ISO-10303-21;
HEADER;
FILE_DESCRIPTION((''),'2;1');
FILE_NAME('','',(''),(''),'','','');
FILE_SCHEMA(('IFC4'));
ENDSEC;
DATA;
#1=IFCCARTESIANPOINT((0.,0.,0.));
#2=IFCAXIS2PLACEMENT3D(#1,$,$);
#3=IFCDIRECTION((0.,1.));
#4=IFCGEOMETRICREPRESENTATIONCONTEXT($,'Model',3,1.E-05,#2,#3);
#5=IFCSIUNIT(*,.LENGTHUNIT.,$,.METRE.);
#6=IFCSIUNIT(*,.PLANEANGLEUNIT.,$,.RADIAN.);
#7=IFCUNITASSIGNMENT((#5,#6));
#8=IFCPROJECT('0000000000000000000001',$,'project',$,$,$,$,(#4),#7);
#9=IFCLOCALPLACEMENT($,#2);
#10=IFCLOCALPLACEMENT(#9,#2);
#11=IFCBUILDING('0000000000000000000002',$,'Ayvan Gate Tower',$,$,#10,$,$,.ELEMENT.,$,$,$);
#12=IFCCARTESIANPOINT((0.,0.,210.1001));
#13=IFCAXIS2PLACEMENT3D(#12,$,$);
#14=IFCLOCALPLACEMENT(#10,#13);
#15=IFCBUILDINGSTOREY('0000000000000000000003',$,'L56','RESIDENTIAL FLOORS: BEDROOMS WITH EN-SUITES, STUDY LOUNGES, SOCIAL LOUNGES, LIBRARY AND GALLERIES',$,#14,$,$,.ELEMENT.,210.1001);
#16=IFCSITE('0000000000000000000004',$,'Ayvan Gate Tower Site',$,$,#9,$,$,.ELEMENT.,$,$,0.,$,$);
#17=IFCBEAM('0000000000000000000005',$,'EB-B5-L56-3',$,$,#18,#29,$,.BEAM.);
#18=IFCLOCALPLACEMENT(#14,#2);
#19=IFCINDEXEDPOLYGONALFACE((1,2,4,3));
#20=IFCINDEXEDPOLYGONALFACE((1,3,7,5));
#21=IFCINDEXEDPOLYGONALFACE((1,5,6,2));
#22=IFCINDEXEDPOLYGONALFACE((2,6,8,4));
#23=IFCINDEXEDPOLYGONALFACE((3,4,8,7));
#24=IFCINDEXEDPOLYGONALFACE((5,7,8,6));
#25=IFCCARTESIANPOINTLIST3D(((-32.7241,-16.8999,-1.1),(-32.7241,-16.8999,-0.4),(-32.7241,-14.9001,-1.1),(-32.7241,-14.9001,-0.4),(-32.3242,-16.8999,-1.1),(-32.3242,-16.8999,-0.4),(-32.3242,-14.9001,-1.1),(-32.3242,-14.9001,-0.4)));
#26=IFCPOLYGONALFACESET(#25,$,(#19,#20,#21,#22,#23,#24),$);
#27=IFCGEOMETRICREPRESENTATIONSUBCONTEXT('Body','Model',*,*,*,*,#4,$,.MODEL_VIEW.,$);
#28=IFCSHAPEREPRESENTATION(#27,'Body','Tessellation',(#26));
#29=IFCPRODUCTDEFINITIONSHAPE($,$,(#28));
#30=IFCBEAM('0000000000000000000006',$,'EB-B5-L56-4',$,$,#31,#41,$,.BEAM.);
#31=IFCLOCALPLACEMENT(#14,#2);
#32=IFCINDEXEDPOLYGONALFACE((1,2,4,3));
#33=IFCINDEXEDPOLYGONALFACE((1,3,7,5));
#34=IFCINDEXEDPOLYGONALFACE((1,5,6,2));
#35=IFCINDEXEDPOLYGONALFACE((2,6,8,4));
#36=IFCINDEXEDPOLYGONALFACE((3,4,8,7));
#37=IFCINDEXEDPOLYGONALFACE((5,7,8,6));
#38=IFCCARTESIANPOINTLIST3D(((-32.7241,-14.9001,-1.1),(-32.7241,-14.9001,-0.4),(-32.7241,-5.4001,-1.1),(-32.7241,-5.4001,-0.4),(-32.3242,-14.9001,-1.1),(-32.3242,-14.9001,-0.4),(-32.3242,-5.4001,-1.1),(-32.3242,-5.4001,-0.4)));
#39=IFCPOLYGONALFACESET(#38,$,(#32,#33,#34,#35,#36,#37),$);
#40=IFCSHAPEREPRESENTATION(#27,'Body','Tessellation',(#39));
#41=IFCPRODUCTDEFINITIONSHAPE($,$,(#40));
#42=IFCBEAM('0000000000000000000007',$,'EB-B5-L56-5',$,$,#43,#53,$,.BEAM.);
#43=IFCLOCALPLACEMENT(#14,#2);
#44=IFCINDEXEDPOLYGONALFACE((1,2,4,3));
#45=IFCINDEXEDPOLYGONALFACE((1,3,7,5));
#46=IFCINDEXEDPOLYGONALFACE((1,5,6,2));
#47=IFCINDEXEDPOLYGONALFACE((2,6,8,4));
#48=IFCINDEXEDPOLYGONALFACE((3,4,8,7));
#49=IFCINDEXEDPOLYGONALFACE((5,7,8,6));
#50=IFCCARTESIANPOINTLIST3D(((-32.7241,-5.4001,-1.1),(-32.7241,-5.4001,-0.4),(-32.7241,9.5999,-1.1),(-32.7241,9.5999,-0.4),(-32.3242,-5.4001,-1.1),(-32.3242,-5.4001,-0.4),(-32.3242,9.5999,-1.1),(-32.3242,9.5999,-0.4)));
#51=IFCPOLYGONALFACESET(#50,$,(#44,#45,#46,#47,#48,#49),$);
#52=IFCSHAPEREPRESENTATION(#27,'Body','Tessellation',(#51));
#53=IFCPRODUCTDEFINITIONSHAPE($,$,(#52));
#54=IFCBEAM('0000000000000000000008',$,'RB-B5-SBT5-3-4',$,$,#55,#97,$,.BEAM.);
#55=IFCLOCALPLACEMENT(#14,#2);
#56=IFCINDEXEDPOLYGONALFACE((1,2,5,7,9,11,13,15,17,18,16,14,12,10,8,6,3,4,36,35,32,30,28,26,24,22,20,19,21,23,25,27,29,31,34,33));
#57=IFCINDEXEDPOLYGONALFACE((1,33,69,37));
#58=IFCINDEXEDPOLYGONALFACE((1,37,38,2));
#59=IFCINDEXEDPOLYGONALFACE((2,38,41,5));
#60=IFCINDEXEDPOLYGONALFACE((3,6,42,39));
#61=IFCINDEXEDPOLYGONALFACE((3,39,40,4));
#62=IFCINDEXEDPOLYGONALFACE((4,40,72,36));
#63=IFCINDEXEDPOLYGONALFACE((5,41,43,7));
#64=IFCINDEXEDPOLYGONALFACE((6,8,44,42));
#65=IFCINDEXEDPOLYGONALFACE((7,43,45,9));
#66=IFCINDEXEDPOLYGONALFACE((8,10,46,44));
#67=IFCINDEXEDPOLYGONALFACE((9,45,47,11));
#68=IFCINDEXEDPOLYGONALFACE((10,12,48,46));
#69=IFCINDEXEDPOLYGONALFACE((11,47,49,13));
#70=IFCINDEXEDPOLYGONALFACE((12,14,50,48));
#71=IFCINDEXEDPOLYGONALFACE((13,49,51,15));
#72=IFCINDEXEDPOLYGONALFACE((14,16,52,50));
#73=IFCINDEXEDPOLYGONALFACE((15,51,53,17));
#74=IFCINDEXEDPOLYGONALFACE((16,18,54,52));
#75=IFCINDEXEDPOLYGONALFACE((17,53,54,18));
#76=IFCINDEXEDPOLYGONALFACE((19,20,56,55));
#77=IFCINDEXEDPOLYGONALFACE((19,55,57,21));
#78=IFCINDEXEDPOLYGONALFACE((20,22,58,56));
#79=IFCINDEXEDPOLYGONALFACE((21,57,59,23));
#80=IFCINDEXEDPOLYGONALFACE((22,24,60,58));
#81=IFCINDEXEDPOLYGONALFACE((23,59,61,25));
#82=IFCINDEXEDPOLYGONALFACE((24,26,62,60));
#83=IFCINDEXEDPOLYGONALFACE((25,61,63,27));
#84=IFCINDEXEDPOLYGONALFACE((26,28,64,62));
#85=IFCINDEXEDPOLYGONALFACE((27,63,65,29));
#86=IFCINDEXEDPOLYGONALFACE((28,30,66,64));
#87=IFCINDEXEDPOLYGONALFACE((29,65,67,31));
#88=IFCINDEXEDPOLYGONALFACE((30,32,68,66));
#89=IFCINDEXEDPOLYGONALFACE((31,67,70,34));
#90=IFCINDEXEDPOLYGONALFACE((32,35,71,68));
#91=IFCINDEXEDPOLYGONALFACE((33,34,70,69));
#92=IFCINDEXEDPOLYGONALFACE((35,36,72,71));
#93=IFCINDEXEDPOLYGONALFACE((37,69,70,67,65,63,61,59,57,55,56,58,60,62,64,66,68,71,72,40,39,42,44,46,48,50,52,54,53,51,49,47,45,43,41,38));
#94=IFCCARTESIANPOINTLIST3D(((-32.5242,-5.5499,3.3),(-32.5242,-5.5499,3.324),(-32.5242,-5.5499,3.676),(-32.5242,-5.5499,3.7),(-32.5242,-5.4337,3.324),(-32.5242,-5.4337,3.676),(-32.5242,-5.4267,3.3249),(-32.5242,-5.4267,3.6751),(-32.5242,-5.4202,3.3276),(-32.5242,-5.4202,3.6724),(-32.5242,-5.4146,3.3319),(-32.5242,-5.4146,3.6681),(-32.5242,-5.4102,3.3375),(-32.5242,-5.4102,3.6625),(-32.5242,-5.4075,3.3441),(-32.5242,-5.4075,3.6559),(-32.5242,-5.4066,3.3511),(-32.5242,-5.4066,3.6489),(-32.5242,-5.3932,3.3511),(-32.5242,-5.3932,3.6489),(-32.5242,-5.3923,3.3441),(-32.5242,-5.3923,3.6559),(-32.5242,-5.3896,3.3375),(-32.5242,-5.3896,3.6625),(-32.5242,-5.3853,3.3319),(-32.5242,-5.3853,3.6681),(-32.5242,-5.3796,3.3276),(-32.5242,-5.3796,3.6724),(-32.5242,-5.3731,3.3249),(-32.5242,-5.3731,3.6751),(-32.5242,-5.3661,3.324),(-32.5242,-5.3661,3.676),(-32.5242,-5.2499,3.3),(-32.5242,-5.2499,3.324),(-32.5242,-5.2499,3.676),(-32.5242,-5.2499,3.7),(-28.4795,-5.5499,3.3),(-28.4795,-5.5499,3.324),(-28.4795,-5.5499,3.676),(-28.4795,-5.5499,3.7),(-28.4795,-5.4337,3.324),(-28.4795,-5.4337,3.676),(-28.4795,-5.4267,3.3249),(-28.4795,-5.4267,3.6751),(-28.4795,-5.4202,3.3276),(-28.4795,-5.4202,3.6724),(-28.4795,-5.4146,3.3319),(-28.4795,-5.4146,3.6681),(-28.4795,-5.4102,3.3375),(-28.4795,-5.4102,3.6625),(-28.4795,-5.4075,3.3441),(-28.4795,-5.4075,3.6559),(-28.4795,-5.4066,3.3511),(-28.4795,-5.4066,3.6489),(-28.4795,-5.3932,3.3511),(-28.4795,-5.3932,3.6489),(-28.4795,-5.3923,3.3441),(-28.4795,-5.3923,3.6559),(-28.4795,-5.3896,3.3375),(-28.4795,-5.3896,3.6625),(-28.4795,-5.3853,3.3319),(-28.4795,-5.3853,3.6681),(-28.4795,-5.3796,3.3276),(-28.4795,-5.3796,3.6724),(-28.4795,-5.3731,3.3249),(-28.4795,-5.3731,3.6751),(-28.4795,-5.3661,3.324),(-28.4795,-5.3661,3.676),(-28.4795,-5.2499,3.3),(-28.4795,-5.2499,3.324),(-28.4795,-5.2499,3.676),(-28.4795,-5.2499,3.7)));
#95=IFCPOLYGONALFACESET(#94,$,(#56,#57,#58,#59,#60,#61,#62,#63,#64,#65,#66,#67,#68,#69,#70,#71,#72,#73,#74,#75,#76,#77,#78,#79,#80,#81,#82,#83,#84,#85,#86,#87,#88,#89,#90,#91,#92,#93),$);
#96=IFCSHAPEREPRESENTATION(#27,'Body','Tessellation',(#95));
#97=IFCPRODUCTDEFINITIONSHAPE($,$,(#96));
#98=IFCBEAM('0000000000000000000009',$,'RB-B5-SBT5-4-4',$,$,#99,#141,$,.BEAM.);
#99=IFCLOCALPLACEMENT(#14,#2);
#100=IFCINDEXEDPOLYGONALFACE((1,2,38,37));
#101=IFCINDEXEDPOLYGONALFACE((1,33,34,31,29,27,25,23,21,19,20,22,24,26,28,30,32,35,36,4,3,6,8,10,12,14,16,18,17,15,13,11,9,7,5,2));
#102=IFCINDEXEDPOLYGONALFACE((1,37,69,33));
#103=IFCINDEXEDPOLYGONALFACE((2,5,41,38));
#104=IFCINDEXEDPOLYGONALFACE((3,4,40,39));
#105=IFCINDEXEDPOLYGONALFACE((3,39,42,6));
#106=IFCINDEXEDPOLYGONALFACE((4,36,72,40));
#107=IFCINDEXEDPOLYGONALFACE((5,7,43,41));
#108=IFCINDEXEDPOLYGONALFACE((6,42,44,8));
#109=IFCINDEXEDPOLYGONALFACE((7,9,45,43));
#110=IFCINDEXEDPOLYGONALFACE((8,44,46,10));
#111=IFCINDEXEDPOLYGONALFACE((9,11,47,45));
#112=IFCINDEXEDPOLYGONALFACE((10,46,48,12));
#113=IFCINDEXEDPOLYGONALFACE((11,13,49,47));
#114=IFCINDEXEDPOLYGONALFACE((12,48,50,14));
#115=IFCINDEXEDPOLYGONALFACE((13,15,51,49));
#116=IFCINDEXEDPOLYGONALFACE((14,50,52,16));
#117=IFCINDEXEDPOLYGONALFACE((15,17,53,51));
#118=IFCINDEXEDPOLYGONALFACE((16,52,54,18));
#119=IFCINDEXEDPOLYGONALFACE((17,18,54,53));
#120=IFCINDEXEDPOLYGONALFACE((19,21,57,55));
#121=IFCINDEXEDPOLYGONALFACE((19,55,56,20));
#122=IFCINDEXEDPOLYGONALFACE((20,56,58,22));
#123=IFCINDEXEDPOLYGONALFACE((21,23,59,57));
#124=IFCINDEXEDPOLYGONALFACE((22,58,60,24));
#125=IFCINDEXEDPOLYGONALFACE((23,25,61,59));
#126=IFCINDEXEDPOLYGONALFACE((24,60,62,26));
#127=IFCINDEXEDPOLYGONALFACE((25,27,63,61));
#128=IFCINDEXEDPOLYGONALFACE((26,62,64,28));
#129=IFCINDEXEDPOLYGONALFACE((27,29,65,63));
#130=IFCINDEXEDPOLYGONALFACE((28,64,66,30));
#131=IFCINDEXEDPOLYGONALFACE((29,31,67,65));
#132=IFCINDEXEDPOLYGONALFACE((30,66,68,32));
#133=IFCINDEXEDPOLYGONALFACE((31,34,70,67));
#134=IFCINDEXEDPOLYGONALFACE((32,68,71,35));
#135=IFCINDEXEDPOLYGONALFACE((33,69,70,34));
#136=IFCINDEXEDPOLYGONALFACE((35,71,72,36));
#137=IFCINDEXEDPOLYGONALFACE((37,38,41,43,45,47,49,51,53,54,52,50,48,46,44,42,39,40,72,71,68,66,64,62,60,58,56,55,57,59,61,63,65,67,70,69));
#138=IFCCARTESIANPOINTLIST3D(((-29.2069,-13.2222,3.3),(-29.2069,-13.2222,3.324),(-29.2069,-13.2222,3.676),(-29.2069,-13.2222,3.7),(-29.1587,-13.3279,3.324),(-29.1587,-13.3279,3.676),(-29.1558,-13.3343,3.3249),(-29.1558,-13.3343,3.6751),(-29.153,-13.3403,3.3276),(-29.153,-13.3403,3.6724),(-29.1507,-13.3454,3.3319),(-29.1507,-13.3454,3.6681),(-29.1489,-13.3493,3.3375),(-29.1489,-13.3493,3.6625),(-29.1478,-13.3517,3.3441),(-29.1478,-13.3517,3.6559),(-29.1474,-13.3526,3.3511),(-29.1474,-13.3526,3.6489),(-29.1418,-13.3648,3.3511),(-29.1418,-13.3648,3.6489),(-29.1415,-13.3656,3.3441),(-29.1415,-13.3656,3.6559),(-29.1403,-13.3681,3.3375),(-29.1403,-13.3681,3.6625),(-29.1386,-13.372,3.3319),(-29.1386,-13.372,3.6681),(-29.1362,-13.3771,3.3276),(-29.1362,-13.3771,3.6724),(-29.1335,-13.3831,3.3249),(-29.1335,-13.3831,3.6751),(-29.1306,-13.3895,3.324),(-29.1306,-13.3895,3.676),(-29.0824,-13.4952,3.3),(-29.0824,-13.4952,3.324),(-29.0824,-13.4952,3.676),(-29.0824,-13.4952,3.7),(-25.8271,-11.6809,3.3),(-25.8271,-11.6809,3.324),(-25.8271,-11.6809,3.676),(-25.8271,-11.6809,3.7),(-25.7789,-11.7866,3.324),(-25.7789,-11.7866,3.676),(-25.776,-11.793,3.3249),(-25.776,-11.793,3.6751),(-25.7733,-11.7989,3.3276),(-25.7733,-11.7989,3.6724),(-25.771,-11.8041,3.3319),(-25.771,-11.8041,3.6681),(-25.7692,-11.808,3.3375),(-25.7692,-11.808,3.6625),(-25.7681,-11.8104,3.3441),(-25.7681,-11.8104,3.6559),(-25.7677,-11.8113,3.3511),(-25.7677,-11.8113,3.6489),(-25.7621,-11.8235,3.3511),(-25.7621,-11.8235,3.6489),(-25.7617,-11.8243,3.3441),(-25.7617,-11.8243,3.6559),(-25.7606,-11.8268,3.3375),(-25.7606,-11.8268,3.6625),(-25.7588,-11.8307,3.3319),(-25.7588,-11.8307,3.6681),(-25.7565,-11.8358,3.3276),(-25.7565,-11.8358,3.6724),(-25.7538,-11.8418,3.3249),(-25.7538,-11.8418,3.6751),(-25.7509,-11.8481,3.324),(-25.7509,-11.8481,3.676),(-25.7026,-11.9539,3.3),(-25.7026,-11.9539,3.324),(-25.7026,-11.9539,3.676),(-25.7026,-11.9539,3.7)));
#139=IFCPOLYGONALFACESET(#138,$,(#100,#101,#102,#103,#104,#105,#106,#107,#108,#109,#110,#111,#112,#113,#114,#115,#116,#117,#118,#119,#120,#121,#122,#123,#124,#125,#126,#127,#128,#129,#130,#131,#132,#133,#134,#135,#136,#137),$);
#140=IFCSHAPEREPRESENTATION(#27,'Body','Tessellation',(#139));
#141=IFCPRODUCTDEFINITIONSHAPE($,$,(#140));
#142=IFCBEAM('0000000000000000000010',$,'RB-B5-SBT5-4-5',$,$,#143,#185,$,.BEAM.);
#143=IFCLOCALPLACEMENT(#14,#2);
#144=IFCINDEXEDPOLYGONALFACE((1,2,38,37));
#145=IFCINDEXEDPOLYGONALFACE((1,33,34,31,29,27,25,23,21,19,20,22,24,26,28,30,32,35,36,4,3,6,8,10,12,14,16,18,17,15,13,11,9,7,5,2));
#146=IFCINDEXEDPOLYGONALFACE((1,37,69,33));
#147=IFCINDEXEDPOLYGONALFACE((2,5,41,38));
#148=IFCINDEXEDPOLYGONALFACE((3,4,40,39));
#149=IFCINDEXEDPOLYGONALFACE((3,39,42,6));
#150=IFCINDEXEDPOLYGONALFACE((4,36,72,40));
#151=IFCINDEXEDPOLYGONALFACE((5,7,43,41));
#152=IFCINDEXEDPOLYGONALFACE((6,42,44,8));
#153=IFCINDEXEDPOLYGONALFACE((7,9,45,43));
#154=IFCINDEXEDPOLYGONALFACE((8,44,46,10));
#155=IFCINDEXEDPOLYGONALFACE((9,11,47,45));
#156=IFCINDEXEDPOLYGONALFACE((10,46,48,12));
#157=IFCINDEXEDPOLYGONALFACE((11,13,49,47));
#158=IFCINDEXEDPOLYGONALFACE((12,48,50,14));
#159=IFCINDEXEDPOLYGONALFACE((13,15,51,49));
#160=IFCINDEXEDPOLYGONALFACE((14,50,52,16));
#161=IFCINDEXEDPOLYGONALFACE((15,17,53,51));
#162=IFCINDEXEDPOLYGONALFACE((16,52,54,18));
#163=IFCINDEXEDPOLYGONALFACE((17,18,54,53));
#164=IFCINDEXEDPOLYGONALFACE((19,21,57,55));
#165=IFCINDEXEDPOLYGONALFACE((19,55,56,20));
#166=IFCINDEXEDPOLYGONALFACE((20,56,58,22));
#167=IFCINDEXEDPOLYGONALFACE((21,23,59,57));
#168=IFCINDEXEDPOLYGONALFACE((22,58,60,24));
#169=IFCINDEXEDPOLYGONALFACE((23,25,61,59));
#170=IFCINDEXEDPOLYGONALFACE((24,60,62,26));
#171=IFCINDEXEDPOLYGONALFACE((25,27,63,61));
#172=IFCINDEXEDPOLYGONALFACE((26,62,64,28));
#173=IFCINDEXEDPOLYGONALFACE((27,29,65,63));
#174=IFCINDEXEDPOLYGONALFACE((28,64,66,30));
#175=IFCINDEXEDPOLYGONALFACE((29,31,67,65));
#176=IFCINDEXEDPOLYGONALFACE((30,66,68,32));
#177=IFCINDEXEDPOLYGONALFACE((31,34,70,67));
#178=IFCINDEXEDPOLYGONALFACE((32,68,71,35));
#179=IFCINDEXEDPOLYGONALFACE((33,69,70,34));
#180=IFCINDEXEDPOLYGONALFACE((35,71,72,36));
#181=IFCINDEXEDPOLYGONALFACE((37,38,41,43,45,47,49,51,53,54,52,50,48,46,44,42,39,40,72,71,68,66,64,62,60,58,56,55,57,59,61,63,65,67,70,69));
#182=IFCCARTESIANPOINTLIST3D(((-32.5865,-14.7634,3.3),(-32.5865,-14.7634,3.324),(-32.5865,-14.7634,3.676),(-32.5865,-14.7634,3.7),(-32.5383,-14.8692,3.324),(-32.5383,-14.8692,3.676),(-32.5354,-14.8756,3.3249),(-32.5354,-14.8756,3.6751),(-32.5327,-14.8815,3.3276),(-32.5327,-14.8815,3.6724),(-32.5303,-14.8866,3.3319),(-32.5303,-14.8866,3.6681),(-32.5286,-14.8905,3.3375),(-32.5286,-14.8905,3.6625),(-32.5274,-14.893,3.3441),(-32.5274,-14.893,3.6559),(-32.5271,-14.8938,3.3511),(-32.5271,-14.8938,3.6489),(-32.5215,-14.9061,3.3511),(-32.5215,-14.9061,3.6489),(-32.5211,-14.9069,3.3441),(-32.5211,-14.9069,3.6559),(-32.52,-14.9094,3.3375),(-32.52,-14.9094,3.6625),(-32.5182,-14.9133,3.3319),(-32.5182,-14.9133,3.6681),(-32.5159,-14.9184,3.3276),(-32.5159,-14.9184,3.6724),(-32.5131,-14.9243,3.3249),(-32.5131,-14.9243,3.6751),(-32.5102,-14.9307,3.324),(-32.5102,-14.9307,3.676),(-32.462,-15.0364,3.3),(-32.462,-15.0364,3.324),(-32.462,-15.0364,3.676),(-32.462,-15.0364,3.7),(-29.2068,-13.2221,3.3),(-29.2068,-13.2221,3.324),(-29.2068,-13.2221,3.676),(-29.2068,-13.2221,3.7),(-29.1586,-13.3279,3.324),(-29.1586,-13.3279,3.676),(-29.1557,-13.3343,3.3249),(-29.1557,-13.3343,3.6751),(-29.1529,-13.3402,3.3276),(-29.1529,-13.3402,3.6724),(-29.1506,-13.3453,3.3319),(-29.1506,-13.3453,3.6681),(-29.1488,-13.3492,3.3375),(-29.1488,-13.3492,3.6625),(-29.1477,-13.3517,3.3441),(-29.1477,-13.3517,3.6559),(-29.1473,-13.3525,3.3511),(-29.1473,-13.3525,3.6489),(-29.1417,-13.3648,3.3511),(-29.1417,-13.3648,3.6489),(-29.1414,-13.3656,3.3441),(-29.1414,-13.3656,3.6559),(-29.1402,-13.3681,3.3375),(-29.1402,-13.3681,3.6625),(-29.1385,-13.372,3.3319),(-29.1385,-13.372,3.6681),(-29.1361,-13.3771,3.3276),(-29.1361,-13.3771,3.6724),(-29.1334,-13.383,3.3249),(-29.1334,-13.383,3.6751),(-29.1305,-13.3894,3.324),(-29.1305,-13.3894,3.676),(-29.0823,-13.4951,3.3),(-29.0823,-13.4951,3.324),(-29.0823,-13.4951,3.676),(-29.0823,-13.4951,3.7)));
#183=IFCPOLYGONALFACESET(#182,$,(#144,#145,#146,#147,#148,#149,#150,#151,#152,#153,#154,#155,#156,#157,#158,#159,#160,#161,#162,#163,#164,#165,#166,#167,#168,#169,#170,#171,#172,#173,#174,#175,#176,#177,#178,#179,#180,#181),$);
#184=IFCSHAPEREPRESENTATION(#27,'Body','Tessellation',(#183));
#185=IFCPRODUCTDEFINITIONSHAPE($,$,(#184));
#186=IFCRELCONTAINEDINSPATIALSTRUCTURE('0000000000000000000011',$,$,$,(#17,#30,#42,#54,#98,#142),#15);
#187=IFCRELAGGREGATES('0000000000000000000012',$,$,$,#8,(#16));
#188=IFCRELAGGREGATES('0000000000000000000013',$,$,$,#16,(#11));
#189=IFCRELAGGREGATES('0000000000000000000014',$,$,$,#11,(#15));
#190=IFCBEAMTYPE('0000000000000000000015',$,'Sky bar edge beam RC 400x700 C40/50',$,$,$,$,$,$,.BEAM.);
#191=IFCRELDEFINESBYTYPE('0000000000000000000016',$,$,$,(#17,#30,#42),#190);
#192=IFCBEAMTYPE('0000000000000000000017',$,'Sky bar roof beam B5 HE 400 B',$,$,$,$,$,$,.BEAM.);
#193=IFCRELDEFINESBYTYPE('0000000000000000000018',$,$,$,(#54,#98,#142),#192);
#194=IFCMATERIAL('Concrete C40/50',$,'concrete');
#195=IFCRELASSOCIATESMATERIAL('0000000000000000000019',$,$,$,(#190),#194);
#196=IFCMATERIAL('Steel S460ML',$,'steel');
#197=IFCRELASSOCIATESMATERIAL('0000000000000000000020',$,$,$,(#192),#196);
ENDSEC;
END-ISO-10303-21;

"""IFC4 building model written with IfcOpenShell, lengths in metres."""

from ifc_helpers import new_model, si_unit, direction, frame, origin, origin_2d, place, context, subcontext, project, spatial, rectangle, i_section, extrude, material, material_profile, profile_set, type_object, element, save


model = new_model("IFC4")

# Units and contexts
model_context = context("Model", 3, precision=1e-05, world=origin(), true_north=direction((0.0, 1.0)))
body_context = subcontext(model_context, "Body", "Model", "MODEL_VIEW")
ifc_project = project(units=[si_unit("LENGTHUNIT", "METRE"), si_unit("PLANEANGLEUNIT", "RADIAN")], contexts=[model_context])

# Site, building, storey
site_placement = place(None, origin())
site = spatial("IfcSite", under=ifc_project, at=site_placement, Name="Ayvan Gate Tower Site", CompositionType="ELEMENT", RefElevation=0.0)
building_placement = place(site_placement, origin())
building = spatial("IfcBuilding", under=site, at=building_placement, Name="Ayvan Gate Tower", CompositionType="ELEMENT")
storey_placement = place(building_placement, frame((0.0, 0.0, 210.1001)))
storey = spatial("IfcBuildingStorey", under=building, at=storey_placement, Name="L56", Description="RESIDENTIAL FLOORS: BEDROOMS WITH EN-SUITES, STUDY LOUNGES, SOCIAL LOUNGES, LIBRARY AND GALLERIES", CompositionType="ELEMENT", Elevation=210.1001)

# Beams
ifc_material_1 = material(Name="Concrete C40/50", Category="concrete")
ifc_material_profile_1 = material_profile(ifc_material_1, rectangle(XDim=0.3999, YDim=0.7, at=origin_2d()), Name="RC 400x700")
ifc_profile_set_1 = profile_set([ifc_material_profile_1], Name="Concrete C40/50")
beam_type_1 = type_object("IfcBeamType", Name="Sky bar edge beam RC 400x700 C40/50", PredefinedType="BEAM", material=ifc_profile_set_1)
beam_1_placement = place(storey_placement, frame((-32.5242, -16.8999, -0.75), z_axis=(0.0, 1.0, 0.0), x_axis=(-1.0, 0.0, 0.0)))
element("IfcBeam", 1, at=beam_1_placement, inside=storey, type_object=beam_type_1, Name="EB-B5-L56-3", PredefinedType="BEAM", context=body_context, shape_type="SweptSolid", body=[
    extrude(rectangle(XDim=0.3999, YDim=0.7, at=origin_2d()), origin(), (0.0, 0.0, 1.0), 1.9998),
])
beam_2_placement = place(storey_placement, frame((-32.5242, -14.9001, -0.75), z_axis=(0.0, 1.0, 0.0), x_axis=(-1.0, 0.0, 0.0)))
element("IfcBeam", 2, at=beam_2_placement, inside=storey, type_object=beam_type_1, Name="EB-B5-L56-4", PredefinedType="BEAM", context=body_context, shape_type="SweptSolid", body=[
    extrude(rectangle(XDim=0.3999, YDim=0.7, at=origin_2d()), origin(), (0.0, 0.0, 1.0), 9.5),
])
beam_3_placement = place(storey_placement, frame((-32.5242, -5.4001, -0.75), z_axis=(0.0, 1.0, 0.0), x_axis=(-1.0, 0.0, 0.0)))
element("IfcBeam", 3, at=beam_3_placement, inside=storey, type_object=beam_type_1, Name="EB-B5-L56-5", PredefinedType="BEAM", context=body_context, shape_type="SweptSolid", body=[
    extrude(rectangle(XDim=0.3999, YDim=0.7, at=origin_2d()), origin(), (0.0, 0.0, 1.0), 15.0),
])
ifc_material_2 = material(Name="Steel S460ML", Category="steel")
ifc_material_profile_2 = material_profile(ifc_material_2, i_section(OverallWidth=0.3, OverallDepth=0.3999, WebThickness=0.0134, FlangeThickness=0.0239, FilletRadius=0.0271, at=origin_2d()), Name="HE 400 B")
ifc_profile_set_2 = profile_set([ifc_material_profile_2], Name="Steel S460ML")
beam_type_2 = type_object("IfcBeamType", Name="Sky bar roof beam B5 HE 400 B", PredefinedType="BEAM", material=ifc_profile_set_2)
beam_4_placement = place(storey_placement, frame((-28.4795, -5.3999, 3.5), z_axis=(-1.0, 0.0, 0.0), x_axis=(0.0, -1.0, 0.0)))
element("IfcBeam", 4, at=beam_4_placement, inside=storey, type_object=beam_type_2, Name="RB-B5-SBT5-3-4", PredefinedType="BEAM", context=body_context, shape_type="SweptSolid", body=[
    extrude(i_section(OverallWidth=0.3, OverallDepth=0.3999, WebThickness=0.0134, FlangeThickness=0.0239, FilletRadius=0.0271, at=origin_2d()), origin(), (0.0, 0.0, 1.0), 4.0447),
])
for number, where, z_axis, x_axis, name in (
    (5, (-25.7649, -11.8174, 3.5), (-0.909853, -0.414932, 0.0), (0.414932, -0.909853, 0.0), "RB-B5-SBT5-4-4"),
    (6, (-29.1445, -13.3586, 3.5), (-0.909853, -0.414932, 0.0), (0.414932, -0.909853, 0.0), "RB-B5-SBT5-4-5"),
):
    element("IfcBeam", number, at=place(storey_placement, frame(where, z_axis=z_axis, x_axis=x_axis)), inside=storey, type_object=beam_type_2, Name=name, PredefinedType="BEAM", context=body_context, shape_type="SweptSolid", body=[
        extrude(i_section(OverallWidth=0.3, OverallDepth=0.3999, WebThickness=0.0134, FlangeThickness=0.0239, FilletRadius=0.0271, at=origin_2d()), origin(), (0.0, 0.0, 1.0), 3.7146),
    ])

save(model, "model.ifc")
